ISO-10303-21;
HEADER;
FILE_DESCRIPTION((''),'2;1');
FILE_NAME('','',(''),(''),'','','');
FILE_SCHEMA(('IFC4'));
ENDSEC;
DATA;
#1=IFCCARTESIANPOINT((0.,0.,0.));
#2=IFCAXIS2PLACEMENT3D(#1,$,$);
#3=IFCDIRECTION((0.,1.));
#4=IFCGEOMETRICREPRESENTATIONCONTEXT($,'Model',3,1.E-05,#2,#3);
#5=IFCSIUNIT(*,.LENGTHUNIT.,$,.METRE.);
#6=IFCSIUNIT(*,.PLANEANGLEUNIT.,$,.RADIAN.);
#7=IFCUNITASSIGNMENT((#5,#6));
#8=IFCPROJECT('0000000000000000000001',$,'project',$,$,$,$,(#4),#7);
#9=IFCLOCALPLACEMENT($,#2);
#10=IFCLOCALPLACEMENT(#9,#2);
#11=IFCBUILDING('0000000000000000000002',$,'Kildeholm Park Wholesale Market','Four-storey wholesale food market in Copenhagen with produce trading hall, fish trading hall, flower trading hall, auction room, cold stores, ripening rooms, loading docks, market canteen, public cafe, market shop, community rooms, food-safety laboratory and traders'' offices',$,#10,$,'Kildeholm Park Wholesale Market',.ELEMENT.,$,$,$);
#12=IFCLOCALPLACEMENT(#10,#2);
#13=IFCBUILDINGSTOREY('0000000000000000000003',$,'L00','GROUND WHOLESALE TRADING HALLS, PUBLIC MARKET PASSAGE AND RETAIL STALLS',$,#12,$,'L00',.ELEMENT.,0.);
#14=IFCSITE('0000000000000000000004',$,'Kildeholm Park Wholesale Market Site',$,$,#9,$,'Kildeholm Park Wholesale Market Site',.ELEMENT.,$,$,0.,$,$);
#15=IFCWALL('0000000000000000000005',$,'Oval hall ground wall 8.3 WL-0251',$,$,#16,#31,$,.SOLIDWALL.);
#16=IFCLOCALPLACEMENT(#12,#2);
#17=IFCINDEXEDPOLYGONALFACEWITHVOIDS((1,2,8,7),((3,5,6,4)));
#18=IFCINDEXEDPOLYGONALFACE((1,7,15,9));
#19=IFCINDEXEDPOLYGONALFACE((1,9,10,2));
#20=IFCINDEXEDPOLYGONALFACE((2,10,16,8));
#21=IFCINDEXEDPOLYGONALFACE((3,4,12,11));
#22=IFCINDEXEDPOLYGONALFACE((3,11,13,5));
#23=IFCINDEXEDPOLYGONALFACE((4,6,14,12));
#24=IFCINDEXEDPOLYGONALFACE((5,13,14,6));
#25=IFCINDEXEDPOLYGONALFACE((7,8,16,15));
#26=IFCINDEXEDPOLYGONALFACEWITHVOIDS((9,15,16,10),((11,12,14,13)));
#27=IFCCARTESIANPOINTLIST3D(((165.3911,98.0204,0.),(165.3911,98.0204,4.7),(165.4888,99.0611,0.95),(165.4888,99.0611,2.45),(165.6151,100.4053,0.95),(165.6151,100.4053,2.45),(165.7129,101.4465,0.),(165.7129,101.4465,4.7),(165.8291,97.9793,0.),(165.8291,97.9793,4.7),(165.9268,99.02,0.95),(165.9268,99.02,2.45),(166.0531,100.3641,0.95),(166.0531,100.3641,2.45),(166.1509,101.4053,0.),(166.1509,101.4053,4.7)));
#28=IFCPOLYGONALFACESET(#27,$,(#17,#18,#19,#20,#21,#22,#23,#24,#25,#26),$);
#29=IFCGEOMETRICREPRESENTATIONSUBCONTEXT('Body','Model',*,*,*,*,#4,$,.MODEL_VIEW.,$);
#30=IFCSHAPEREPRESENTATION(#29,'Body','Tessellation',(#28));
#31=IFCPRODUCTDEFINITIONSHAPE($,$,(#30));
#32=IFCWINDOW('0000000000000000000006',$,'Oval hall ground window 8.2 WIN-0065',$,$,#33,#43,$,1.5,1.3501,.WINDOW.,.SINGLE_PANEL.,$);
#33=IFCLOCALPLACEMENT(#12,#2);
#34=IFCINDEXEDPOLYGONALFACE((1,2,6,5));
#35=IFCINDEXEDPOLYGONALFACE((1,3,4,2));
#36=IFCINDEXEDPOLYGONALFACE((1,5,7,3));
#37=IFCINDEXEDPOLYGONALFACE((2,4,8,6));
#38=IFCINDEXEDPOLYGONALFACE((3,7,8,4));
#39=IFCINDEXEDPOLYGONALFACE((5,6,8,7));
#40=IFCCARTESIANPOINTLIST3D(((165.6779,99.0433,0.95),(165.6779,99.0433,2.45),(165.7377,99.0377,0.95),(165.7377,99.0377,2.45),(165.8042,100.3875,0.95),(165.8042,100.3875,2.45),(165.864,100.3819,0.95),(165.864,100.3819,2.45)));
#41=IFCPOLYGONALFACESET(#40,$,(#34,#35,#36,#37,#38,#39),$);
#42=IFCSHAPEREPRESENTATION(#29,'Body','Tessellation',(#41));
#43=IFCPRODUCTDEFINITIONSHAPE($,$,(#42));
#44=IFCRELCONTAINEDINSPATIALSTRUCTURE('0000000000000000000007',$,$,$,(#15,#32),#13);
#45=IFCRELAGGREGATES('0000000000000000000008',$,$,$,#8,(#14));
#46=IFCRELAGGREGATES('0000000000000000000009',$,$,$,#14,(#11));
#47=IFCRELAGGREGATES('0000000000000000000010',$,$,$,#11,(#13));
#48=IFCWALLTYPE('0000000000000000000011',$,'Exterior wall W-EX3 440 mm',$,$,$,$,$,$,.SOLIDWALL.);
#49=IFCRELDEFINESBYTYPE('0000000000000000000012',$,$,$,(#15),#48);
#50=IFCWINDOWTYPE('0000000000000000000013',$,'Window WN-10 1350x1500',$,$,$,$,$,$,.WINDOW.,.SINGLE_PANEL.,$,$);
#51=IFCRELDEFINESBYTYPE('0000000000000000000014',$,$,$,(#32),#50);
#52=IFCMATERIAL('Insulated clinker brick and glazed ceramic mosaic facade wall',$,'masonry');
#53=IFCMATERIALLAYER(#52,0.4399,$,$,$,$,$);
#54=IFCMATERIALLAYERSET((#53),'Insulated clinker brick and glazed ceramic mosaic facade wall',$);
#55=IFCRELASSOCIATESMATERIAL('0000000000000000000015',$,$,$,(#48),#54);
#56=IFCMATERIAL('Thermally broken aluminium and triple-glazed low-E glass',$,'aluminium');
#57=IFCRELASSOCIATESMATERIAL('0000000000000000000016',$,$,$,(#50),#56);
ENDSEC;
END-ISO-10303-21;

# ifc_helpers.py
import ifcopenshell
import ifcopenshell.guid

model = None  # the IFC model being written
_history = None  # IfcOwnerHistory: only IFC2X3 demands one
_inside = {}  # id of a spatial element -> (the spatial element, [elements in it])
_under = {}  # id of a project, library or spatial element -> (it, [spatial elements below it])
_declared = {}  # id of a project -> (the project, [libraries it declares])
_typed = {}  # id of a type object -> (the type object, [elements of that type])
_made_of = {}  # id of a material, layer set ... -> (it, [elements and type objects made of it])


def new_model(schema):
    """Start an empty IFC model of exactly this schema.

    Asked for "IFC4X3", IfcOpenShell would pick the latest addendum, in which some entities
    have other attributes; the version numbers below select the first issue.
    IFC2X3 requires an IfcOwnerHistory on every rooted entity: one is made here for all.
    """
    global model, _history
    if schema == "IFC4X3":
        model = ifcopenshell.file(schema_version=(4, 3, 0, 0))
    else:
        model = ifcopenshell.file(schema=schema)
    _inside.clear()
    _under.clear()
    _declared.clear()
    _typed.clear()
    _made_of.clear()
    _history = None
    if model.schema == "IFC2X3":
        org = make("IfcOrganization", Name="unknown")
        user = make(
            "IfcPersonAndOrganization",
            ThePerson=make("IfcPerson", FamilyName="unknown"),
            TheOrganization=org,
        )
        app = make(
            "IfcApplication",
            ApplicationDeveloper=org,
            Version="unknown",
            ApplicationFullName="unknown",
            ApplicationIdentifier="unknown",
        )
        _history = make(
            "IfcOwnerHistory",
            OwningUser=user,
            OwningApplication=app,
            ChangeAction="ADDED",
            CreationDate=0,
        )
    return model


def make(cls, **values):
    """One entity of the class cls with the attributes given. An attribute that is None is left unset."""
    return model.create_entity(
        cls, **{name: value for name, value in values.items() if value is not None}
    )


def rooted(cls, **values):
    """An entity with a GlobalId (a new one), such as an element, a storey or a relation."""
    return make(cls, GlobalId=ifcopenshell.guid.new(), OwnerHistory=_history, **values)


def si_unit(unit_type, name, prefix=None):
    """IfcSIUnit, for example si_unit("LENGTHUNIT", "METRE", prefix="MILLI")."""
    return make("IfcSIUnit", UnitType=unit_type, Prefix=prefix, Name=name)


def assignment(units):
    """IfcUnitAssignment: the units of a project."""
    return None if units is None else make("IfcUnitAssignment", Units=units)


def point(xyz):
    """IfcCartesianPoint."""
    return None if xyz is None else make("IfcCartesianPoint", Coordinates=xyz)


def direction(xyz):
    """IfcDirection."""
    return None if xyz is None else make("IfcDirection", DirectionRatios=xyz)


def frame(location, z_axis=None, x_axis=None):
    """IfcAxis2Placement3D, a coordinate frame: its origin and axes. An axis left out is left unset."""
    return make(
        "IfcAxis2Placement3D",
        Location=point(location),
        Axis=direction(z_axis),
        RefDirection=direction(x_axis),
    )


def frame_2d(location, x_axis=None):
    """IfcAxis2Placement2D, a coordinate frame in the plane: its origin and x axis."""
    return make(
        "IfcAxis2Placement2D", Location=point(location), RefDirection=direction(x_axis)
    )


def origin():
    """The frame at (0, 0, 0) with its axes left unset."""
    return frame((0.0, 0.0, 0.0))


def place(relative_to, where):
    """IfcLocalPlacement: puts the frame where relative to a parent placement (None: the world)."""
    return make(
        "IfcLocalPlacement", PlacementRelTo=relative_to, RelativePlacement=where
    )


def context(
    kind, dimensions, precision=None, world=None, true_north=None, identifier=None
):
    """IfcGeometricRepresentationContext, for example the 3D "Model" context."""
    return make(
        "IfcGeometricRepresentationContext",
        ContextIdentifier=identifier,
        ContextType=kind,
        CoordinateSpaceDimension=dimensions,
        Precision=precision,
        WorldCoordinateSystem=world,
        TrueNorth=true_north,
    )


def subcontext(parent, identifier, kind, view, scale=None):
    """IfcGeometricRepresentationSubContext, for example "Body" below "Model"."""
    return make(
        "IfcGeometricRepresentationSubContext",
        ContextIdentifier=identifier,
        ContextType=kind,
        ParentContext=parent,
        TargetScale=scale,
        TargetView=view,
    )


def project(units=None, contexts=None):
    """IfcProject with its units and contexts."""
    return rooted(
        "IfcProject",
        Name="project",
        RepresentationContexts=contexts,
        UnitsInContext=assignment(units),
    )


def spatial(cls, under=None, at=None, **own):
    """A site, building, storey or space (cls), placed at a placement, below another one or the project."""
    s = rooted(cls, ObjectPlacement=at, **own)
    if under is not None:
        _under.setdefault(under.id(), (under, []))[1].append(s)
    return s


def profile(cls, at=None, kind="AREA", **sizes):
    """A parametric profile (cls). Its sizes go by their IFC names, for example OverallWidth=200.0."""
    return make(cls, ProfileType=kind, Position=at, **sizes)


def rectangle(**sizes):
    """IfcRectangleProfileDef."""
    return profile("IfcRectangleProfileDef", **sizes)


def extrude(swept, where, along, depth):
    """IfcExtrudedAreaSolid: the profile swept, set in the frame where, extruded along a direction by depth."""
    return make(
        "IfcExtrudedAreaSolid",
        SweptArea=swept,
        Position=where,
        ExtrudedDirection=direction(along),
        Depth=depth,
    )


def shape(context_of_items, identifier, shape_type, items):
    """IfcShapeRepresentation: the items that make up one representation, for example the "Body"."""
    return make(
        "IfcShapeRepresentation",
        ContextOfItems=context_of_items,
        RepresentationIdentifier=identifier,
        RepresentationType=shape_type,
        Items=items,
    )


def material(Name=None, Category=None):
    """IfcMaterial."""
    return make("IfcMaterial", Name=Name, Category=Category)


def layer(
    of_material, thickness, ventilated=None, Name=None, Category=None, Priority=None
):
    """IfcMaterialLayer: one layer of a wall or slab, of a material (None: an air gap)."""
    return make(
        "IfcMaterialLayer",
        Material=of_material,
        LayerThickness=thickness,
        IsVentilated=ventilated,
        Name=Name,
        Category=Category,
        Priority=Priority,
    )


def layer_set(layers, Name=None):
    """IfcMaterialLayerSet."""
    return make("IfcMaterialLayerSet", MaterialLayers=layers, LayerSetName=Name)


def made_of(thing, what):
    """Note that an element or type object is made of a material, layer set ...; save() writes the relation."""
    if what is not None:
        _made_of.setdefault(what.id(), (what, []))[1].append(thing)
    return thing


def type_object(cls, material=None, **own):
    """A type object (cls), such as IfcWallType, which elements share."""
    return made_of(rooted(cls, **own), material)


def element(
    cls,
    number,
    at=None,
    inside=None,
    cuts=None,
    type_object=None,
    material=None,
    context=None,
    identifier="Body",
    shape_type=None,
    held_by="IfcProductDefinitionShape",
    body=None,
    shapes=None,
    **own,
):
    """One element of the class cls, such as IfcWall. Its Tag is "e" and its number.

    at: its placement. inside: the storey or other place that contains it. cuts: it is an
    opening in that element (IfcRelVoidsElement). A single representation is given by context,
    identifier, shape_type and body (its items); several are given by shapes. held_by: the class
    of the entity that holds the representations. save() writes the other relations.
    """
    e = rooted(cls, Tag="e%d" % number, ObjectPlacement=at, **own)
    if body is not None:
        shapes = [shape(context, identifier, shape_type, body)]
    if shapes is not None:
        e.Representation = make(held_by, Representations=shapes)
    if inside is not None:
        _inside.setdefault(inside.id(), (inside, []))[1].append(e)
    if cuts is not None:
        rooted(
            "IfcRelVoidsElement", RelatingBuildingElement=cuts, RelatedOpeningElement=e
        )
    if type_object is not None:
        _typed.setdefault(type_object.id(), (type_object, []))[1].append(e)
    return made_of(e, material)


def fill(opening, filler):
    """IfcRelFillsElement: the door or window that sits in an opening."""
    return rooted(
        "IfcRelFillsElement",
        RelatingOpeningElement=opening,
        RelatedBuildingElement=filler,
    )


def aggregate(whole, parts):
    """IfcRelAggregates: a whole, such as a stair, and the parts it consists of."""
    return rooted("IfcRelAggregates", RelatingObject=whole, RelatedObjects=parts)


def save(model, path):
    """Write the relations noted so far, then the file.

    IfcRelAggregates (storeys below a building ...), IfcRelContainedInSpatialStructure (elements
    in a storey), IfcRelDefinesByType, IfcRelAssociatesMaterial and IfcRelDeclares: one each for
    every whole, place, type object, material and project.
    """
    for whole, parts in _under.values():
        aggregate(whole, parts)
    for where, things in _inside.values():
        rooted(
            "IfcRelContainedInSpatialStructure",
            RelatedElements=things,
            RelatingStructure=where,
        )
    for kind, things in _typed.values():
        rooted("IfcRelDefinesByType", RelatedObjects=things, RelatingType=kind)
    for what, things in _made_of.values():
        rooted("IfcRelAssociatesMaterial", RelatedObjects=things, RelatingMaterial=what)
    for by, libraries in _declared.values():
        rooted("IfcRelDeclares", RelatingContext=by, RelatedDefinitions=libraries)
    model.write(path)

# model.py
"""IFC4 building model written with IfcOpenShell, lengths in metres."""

from ifc_helpers import new_model, si_unit, direction, frame, frame_2d, origin, place, context, subcontext, project, spatial, rectangle, extrude, material, layer, layer_set, type_object, element, fill, save


model = new_model("IFC4")

# Units and contexts
model_context = context("Model", 3, precision=1e-05, world=origin(), true_north=direction((0.0, 1.0)))
body_context = subcontext(model_context, "Body", "Model", "MODEL_VIEW")
ifc_project = project(units=[si_unit("LENGTHUNIT", "METRE"), si_unit("PLANEANGLEUNIT", "RADIAN")], contexts=[model_context])

# Site, building, storey
site_placement = place(None, origin())
site = spatial("IfcSite", under=ifc_project, at=site_placement, Name="Kildeholm Park Wholesale Market Site", LongName="Kildeholm Park Wholesale Market Site", CompositionType="ELEMENT", RefElevation=0.0)
building_placement = place(site_placement, origin())
building = spatial("IfcBuilding", under=site, at=building_placement, Name="Kildeholm Park Wholesale Market", Description="Four-storey wholesale food market in Copenhagen with produce trading hall, fish trading hall, flower trading hall, auction room, cold stores, ripening rooms, loading docks, market canteen, public cafe, market shop, community rooms, food-safety laboratory and traders' offices", LongName="Kildeholm Park Wholesale Market", CompositionType="ELEMENT")
storey_placement = place(building_placement, origin())
storey = spatial("IfcBuildingStorey", under=building, at=storey_placement, Name="L00", Description="GROUND WHOLESALE TRADING HALLS, PUBLIC MARKET PASSAGE AND RETAIL STALLS", LongName="L00", CompositionType="ELEMENT", Elevation=0.0)

# Shared definitions
ifc_material_1 = material(Name="Insulated clinker brick and glazed ceramic mosaic facade wall", Category="masonry")
ifc_layer = layer(ifc_material_1, 0.4399)
ifc_layer_set = layer_set([ifc_layer], Name="Insulated clinker brick and glazed ceramic mosaic facade wall")
wall_type = type_object("IfcWallType", Name="Exterior wall W-EX3 440 mm", PredefinedType="SOLIDWALL", material=ifc_layer_set)
ifc_material_2 = material(Name="Thermally broken aluminium and triple-glazed low-E glass", Category="aluminium")

# Wall, opening, window
wall_1_placement = place(storey_placement, frame((165.9319, 101.426, 0.0), z_axis=(0.0, 0.0, 1.0), x_axis=(-0.09351, -0.995618, 0.0)))
wall_1 = element("IfcWall", 1, at=wall_1_placement, inside=storey, type_object=wall_type, Name="Oval hall ground wall 8.3 WL-0251", PredefinedType="SOLIDWALL", context=body_context, shape_type="SweptSolid", body=[
    extrude(rectangle(XDim=3.4412, YDim=0.4399, at=frame_2d((1.7207, 0.0))), origin(), (0.0, 0.0, 1.0), 4.7),
])
opening_1_placement = place(wall_1_placement, frame((1.0459, 0.0, 0.95)))
opening_1 = element("IfcOpeningElement", 2, at=opening_1_placement, cuts=wall_1, PredefinedType="OPENING", context=body_context, shape_type="SweptSolid", body=[
    extrude(rectangle(XDim=1.3501, YDim=1.5, at=frame_2d((0.675, 0.75))), frame((0.0, 0.23, 0.0), z_axis=(0.0, -1.0, 0.0), x_axis=(1.0, 0.0, 0.0)), (0.0, 0.0, 1.0), 0.46),
])
window_type_1 = type_object("IfcWindowType", Name="Window WN-10 1350x1500", PartitioningType="SINGLE_PANEL", PredefinedType="WINDOW", material=ifc_material_2)
window_1_placement = place(opening_1_placement, origin())
window_1 = element("IfcWindow", 3, at=window_1_placement, inside=storey, type_object=window_type_1, Name="Oval hall ground window 8.2 WIN-0065", OverallHeight=1.5, OverallWidth=1.3501, PartitioningType="SINGLE_PANEL", PredefinedType="WINDOW", context=body_context, shape_type="SweptSolid", body=[
    extrude(rectangle(XDim=1.3501, YDim=1.5, at=frame_2d((0.675, 0.75))), frame((0.0, 0.03, 0.0), z_axis=(0.0, -1.0, 0.0), x_axis=(1.0, 0.0, 0.0)), (0.0, 0.0, 1.0), 0.0601),
])
fill(opening_1, window_1)

save(model, "model.ifc")
